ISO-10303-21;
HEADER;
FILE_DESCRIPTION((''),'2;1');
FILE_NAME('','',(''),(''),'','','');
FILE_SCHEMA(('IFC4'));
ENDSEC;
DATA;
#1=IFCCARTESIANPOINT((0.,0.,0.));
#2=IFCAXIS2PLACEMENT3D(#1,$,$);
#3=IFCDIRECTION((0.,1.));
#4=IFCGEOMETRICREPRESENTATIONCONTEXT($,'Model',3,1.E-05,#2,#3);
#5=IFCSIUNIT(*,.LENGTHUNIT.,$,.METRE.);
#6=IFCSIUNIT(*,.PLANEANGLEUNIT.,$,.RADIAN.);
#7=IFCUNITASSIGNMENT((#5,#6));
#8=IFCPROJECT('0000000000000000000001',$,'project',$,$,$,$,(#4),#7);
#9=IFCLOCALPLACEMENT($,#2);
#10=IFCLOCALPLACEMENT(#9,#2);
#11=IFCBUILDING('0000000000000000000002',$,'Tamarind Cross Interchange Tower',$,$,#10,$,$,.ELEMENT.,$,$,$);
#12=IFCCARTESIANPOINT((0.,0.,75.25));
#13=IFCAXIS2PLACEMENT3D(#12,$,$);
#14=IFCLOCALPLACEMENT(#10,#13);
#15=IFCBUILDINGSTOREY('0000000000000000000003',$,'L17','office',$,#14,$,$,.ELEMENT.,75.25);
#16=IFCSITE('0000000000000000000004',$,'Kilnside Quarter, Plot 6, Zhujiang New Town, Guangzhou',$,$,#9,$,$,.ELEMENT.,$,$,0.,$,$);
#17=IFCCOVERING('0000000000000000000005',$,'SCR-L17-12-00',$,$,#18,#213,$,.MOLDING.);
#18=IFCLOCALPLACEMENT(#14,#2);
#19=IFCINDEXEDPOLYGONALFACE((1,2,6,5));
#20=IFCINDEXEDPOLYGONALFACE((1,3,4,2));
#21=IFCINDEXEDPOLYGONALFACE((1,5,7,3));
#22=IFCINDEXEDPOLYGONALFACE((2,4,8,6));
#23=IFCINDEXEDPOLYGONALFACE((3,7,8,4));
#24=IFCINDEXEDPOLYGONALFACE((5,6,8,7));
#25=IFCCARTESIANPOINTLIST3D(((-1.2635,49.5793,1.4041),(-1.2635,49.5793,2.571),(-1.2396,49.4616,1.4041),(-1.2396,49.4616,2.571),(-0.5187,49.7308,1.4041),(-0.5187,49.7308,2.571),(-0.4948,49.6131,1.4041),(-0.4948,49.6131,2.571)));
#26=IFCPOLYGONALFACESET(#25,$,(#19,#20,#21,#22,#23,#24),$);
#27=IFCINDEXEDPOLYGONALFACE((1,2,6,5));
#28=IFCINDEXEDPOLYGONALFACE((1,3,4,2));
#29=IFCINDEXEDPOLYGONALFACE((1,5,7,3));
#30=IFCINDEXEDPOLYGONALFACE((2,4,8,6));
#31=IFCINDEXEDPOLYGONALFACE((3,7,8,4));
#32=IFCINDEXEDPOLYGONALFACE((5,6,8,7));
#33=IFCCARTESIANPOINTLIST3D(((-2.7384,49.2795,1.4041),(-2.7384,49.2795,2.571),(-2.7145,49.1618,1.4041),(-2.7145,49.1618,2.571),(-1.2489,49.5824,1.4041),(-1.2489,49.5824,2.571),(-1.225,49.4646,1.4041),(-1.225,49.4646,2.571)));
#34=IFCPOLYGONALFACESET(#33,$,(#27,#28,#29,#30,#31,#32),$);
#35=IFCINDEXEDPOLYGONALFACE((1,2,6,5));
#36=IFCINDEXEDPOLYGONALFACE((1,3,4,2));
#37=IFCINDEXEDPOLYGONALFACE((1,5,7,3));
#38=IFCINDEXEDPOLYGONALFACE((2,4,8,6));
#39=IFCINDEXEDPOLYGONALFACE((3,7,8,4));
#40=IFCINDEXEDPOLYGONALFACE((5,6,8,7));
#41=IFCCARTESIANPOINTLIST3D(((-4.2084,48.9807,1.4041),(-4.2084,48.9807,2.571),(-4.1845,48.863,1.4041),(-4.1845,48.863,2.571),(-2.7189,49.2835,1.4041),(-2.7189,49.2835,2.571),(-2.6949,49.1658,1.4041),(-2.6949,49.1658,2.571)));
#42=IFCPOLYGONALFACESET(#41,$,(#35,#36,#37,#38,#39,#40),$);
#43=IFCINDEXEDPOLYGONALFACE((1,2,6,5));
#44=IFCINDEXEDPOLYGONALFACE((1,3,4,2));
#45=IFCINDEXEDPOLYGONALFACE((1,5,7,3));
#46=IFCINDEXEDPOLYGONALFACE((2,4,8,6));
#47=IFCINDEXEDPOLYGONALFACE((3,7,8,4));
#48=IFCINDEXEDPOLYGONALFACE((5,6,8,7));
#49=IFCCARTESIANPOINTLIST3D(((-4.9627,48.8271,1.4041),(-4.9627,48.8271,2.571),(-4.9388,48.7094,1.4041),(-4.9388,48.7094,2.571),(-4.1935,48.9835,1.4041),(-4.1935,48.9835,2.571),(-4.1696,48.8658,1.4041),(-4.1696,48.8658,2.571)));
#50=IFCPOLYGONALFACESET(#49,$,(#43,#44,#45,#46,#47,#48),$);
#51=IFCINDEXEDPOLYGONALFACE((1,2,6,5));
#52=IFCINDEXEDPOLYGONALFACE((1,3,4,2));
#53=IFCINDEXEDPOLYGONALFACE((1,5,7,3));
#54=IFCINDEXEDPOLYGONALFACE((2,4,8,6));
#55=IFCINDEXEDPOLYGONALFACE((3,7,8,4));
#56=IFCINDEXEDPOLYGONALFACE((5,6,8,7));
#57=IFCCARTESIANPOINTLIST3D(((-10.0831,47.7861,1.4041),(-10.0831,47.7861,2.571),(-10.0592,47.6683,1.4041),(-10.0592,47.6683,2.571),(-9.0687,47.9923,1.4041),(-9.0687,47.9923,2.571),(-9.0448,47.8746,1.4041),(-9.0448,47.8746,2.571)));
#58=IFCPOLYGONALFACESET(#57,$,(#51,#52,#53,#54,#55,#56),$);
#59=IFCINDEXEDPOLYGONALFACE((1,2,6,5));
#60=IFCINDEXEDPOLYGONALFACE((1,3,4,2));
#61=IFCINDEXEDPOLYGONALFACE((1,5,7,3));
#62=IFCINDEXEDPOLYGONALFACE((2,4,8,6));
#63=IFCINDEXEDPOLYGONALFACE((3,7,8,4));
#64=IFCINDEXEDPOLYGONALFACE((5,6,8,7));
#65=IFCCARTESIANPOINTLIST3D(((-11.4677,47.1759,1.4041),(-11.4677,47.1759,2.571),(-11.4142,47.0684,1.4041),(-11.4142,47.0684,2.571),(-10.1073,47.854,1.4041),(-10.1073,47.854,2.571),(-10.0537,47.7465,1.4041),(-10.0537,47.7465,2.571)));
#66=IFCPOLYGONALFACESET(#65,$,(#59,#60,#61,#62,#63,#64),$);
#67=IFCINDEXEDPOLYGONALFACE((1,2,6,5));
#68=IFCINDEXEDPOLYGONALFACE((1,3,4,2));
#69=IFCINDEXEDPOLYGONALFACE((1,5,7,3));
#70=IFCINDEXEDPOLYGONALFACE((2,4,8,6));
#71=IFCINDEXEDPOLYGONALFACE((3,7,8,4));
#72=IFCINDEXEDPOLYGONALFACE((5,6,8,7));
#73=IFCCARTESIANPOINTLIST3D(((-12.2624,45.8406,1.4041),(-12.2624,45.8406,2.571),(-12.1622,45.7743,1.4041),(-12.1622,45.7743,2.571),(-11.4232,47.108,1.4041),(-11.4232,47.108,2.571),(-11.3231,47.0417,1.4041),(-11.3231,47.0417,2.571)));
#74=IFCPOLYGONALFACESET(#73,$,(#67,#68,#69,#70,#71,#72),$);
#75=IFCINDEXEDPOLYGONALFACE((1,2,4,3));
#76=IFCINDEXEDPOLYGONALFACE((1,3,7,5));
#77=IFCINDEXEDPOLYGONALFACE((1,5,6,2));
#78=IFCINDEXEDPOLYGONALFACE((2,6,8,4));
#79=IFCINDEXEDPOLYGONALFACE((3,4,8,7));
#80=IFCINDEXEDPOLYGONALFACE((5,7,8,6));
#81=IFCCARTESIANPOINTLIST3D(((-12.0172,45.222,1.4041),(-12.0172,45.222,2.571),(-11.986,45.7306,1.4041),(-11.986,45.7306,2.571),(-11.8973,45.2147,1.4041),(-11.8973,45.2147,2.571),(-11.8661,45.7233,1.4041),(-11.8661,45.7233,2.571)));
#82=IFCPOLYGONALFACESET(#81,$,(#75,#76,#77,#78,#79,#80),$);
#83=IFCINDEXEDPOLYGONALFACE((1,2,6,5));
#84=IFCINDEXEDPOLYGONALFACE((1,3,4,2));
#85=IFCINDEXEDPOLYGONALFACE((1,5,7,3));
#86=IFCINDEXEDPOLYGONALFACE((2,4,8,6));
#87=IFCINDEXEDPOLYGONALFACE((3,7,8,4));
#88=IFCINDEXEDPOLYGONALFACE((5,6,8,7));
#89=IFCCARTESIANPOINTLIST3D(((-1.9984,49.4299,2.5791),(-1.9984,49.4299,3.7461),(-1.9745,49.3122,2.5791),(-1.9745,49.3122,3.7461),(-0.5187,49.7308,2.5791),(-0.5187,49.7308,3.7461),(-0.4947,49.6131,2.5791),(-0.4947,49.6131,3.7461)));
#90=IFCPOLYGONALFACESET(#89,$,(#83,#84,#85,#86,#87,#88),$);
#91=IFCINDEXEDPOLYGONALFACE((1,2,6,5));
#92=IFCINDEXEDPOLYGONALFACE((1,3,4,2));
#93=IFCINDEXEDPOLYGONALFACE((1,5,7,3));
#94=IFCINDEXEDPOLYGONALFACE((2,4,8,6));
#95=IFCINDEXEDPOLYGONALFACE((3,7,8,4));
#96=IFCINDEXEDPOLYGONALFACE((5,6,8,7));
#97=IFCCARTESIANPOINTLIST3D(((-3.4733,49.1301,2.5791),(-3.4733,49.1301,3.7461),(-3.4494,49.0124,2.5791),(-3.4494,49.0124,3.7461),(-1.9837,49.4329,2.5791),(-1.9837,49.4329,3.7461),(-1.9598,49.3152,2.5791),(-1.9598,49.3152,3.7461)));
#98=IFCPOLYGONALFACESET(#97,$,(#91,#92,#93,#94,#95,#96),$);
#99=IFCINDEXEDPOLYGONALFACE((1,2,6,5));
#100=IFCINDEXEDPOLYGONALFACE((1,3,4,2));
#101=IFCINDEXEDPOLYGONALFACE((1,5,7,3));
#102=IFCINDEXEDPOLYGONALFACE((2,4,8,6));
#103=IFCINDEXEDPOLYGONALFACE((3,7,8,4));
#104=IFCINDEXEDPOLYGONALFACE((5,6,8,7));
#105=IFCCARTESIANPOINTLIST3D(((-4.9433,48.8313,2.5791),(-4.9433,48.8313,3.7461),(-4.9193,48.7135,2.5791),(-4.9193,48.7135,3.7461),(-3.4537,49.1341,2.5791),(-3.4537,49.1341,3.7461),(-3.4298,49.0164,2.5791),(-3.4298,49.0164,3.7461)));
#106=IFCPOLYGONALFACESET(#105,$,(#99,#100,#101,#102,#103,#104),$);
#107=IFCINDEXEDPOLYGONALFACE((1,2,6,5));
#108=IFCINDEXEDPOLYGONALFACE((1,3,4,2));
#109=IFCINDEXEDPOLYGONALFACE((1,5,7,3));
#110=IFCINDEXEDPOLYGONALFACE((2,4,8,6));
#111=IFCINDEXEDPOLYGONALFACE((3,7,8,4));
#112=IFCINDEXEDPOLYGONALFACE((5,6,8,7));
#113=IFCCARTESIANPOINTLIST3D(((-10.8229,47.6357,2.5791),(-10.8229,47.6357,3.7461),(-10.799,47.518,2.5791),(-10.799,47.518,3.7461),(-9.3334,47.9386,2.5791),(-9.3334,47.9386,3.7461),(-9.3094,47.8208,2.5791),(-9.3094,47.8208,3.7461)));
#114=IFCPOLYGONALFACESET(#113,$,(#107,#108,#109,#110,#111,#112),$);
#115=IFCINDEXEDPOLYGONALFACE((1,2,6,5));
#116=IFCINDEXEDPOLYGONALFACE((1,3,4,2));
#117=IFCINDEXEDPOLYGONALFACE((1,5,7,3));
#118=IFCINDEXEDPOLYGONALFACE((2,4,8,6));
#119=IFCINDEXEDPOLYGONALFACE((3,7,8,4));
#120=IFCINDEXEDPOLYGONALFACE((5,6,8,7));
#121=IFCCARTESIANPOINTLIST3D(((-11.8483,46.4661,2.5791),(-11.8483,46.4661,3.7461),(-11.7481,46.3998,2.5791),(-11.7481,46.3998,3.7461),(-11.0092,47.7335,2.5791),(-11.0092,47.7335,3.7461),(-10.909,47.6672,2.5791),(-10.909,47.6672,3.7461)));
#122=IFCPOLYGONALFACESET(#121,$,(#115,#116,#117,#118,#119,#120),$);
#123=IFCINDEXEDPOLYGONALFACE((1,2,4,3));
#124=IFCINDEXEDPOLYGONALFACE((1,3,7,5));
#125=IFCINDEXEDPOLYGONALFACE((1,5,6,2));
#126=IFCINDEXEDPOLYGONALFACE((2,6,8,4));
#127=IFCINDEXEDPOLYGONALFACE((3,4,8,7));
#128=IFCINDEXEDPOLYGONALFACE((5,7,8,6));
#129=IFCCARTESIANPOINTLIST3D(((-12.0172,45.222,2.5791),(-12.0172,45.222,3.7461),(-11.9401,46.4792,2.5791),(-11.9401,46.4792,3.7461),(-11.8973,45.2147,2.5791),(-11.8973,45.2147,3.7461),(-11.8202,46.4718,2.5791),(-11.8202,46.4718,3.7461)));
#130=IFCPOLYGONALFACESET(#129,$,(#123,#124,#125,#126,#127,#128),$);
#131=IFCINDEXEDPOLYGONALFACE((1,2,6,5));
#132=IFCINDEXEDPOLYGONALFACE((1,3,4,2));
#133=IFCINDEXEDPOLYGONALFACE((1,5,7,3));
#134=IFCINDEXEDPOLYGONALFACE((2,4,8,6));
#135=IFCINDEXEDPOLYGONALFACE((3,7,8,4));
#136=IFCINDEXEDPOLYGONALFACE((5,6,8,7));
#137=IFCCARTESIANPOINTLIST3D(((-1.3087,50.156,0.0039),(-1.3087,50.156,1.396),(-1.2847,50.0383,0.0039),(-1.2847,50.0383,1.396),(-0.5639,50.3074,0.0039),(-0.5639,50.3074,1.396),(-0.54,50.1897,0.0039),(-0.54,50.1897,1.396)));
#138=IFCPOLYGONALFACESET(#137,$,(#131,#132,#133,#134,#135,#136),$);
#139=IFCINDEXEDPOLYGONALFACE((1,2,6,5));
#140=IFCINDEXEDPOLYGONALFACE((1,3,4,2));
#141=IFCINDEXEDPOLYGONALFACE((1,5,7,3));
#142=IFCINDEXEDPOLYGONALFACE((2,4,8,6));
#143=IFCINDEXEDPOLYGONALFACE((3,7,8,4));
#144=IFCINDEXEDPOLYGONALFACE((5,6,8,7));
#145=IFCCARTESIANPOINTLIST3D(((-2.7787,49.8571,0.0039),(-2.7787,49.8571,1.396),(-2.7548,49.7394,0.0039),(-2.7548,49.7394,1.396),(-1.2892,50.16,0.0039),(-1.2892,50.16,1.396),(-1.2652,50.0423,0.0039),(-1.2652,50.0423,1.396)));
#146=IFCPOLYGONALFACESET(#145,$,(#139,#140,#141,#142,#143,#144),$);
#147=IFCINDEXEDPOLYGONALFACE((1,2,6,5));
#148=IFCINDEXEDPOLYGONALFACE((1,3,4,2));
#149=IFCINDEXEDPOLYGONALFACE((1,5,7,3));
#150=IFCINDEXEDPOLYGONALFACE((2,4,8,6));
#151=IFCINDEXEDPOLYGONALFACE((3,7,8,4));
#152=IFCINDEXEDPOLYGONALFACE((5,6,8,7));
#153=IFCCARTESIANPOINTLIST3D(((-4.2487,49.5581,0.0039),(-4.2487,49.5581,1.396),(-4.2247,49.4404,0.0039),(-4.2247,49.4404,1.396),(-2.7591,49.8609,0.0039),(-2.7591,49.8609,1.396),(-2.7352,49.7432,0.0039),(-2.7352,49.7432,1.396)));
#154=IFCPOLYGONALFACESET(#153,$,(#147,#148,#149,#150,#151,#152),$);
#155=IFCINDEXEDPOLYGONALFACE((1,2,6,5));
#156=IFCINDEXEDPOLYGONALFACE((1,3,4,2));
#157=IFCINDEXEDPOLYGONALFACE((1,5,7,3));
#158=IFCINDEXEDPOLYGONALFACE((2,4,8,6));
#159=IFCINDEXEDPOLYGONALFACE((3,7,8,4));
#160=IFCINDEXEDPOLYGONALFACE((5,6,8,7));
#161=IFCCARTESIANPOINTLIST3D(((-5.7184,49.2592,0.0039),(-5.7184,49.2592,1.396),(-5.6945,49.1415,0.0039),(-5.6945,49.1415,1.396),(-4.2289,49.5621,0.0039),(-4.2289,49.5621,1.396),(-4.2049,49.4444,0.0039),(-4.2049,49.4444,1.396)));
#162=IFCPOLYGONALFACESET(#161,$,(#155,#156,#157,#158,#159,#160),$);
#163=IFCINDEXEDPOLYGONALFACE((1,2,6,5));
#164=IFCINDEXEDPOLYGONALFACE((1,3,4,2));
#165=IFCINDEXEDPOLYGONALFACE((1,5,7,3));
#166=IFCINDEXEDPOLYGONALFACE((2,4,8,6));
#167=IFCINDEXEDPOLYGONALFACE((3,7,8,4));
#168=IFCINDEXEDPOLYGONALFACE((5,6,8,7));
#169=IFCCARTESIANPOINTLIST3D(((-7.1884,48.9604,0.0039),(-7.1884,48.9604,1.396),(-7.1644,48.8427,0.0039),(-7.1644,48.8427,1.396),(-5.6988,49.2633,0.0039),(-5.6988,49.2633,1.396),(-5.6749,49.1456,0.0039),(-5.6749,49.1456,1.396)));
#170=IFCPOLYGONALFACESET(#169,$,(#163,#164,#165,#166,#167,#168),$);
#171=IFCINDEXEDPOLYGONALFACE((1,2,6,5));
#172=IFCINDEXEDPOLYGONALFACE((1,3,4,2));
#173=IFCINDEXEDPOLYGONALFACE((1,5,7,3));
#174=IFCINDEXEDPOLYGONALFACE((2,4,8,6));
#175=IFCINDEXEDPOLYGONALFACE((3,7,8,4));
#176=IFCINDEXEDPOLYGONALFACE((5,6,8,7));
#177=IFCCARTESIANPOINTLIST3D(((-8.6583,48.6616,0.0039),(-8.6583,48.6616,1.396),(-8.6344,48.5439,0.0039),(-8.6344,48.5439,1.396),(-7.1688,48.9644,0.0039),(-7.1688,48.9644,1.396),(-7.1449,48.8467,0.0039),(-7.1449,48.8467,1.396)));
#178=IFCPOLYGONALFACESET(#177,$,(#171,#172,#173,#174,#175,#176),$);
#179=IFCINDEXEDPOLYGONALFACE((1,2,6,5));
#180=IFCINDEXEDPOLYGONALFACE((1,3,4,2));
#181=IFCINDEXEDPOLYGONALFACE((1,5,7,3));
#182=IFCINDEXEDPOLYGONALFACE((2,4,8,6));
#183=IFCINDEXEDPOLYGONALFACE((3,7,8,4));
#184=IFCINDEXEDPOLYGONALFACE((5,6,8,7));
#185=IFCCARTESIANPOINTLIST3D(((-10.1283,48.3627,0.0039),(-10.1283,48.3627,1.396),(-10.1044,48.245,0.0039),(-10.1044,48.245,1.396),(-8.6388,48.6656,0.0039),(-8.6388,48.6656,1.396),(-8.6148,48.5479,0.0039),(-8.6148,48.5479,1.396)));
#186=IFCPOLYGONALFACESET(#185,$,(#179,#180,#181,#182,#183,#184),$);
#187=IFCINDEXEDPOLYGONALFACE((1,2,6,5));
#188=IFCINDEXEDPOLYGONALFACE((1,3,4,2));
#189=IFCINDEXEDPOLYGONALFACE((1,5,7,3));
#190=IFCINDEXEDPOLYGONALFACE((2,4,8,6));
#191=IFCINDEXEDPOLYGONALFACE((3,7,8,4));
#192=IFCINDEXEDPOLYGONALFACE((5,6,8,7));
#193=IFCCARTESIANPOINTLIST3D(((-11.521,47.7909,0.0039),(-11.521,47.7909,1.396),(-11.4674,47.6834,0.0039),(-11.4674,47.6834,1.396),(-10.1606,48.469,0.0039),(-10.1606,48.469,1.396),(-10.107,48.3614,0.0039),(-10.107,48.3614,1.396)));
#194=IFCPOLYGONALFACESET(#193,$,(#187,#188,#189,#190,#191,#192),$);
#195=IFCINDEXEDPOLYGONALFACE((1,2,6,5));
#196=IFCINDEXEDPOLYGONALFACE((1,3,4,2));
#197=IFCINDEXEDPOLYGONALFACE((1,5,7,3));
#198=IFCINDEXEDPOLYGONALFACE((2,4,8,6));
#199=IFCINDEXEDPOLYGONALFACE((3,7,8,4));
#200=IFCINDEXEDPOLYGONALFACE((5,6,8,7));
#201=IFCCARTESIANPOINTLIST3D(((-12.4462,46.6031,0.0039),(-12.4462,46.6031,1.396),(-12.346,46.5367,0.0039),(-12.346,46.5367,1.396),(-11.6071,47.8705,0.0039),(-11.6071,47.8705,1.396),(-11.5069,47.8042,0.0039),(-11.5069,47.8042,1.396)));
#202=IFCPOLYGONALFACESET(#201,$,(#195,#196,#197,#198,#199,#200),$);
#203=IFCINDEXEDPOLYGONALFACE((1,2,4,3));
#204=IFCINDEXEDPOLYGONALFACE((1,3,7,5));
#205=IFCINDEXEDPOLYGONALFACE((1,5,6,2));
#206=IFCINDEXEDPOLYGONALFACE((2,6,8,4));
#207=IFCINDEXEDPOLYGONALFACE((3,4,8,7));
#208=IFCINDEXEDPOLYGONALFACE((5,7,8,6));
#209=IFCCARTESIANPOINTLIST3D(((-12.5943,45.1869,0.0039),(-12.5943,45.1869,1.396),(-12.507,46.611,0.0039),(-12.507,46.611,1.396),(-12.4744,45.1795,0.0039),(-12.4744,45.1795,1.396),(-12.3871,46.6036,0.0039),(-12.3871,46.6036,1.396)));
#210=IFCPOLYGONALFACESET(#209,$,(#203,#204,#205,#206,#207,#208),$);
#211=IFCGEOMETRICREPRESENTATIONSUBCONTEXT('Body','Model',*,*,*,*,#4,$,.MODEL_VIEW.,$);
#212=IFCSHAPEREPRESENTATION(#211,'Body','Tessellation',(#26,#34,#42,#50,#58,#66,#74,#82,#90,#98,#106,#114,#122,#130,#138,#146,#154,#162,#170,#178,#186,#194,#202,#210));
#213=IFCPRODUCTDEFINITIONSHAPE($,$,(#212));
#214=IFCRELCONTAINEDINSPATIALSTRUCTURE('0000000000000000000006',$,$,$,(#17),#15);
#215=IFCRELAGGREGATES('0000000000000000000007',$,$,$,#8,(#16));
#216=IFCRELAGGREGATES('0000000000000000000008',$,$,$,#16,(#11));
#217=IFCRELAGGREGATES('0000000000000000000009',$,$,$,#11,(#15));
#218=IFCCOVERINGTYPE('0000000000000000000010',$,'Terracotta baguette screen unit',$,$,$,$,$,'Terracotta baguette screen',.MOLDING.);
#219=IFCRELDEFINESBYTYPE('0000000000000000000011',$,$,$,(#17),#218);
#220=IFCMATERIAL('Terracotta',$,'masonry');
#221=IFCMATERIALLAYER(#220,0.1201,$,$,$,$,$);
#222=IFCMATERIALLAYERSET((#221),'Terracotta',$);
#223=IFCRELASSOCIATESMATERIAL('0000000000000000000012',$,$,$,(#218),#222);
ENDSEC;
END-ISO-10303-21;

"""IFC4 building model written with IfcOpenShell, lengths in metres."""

from ifc_helpers import new_model, si_unit, direction, frame, origin, origin_2d, place, context, subcontext, project, spatial, rectangle, extrude, material, layer, layer_set, type_object, element, save


model = new_model("IFC4")

# Units and contexts
model_context = context("Model", 3, precision=1e-05, world=origin(), true_north=direction((0.0, 1.0)))
body_context = subcontext(model_context, "Body", "Model", "MODEL_VIEW")
ifc_project = project(units=[si_unit("LENGTHUNIT", "METRE"), si_unit("PLANEANGLEUNIT", "RADIAN")], contexts=[model_context])

# Site, building, storey
site_placement = place(None, origin())
site = spatial("IfcSite", under=ifc_project, at=site_placement, Name="Kilnside Quarter, Plot 6, Zhujiang New Town, Guangzhou", CompositionType="ELEMENT", RefElevation=0.0)
building_placement = place(site_placement, origin())
building = spatial("IfcBuilding", under=site, at=building_placement, Name="Tamarind Cross Interchange Tower", CompositionType="ELEMENT")
storey_placement = place(building_placement, frame((0.0, 0.0, 75.25)))
storey = spatial("IfcBuildingStorey", under=building, at=storey_placement, Name="L17", Description="office", CompositionType="ELEMENT", Elevation=75.25)

# Covering
ifc_material_1 = material(Name="Terracotta", Category="masonry")
ifc_layer_1 = layer(ifc_material_1, 0.1201)
ifc_layer_set_1 = layer_set([ifc_layer_1], Name="Terracotta")
covering_type = type_object("IfcCoveringType", Name="Terracotta baguette screen unit", ElementType="Terracotta baguette screen", PredefinedType="MOLDING", material=ifc_layer_set_1)
covering_1_placement = place(storey_placement, origin())
element("IfcCovering", 1, at=covering_1_placement, inside=storey, type_object=covering_type, Name="SCR-L17-12-00", PredefinedType="MOLDING", context=body_context, shape_type="SweptSolid", body=[
    extrude(rectangle(XDim=0.76, YDim=0.1201, at=origin_2d()), frame((-0.8792, 49.5962, 1.4041), z_axis=(0.0, 0.0, 1.0), x_axis=(-0.97995, -0.199245, 0.0)), (0.0, 0.0, 1.0), 1.167),
    extrude(rectangle(XDim=1.52, YDim=0.1201, at=origin_2d()), frame((-1.9817, 49.3721, 1.4041), z_axis=(0.0, 0.0, 1.0), x_axis=(-0.97995, -0.199245, 0.0)), (0.0, 0.0, 1.0), 1.167),
    extrude(rectangle(XDim=1.52, YDim=0.1201, at=origin_2d()), frame((-3.4517, 49.0732, 1.4041), z_axis=(0.0, 0.0, 1.0), x_axis=(-0.97995, -0.199245, 0.0)), (0.0, 0.0, 1.0), 1.167),
    extrude(rectangle(XDim=0.7849, YDim=0.1201, at=origin_2d()), frame((-4.5662, 48.8464, 1.4041), z_axis=(0.0, 0.0, 1.0), x_axis=(-0.97995, -0.199245, 0.0)), (0.0, 0.0, 1.0), 1.167),
    extrude(rectangle(XDim=1.0352, YDim=0.1201, at=origin_2d()), frame((-9.564, 47.8303, 1.4041), z_axis=(0.0, 0.0, 1.0), x_axis=(-0.97995, -0.199245, 0.0)), (0.0, 0.0, 1.0), 1.167),
    extrude(rectangle(XDim=1.52, YDim=0.1201, at=origin_2d()), frame((-10.7607, 47.4612, 1.4041), z_axis=(0.0, 0.0, 1.0), x_axis=(-0.89499, -0.446085, 0.0)), (0.0, 0.0, 1.0), 1.167),
    extrude(rectangle(XDim=1.52, YDim=0.1201, at=origin_2d()), frame((-11.7927, 46.4412, 1.4041), z_axis=(0.0, 0.0, 1.0), x_axis=(-0.552042, -0.833816, 0.0)), (0.0, 0.0, 1.0), 1.167),
    extrude(rectangle(XDim=0.5095, YDim=0.1201, at=origin_2d()), frame((-11.9417, 45.4727, 1.4041), z_axis=(0.0, 0.0, 1.0), x_axis=(-0.061174, -0.998127, 0.0)), (0.0, 0.0, 1.0), 1.167),
    extrude(rectangle(XDim=1.51, YDim=0.1201, at=origin_2d()), frame((-1.2466, 49.5215, 2.5791), z_axis=(0.0, 0.0, 1.0), x_axis=(-0.97995, -0.199245, 0.0)), (0.0, 0.0, 1.0), 1.167),
    extrude(rectangle(XDim=1.52, YDim=0.1201, at=origin_2d()), frame((-2.7166, 49.2227, 2.5791), z_axis=(0.0, 0.0, 1.0), x_axis=(-0.97995, -0.199245, 0.0)), (0.0, 0.0, 1.0), 1.167),
    extrude(rectangle(XDim=1.52, YDim=0.1201, at=origin_2d()), frame((-4.1865, 48.9238, 2.5791), z_axis=(0.0, 0.0, 1.0), x_axis=(-0.97995, -0.199245, 0.0)), (0.0, 0.0, 1.0), 1.167),
    extrude(rectangle(XDim=1.52, YDim=0.1201, at=origin_2d()), frame((-10.0662, 47.7283, 2.5791), z_axis=(0.0, 0.0, 1.0), x_axis=(-0.97995, -0.199245, 0.0)), (0.0, 0.0, 1.0), 1.167),
    extrude(rectangle(XDim=1.52, YDim=0.1201, at=origin_2d()), frame((-11.3787, 47.0667, 2.5791), z_axis=(0.0, 0.0, 1.0), x_axis=(-0.552042, -0.833816, 0.0)), (0.0, 0.0, 1.0), 1.167),
    extrude(rectangle(XDim=1.2595, YDim=0.1201, at=origin_2d()), frame((-11.9187, 45.8469, 2.5791), z_axis=(0.0, 0.0, 1.0), x_axis=(-0.061174, -0.998127, 0.0)), (0.0, 0.0, 1.0), 1.167),
    extrude(rectangle(XDim=0.76, YDim=0.1201, at=origin_2d()), frame((-0.9243, 50.1729, 0.0039), z_axis=(0.0, 0.0, 1.0), x_axis=(-0.97995, -0.199245, 0.0)), (0.0, 0.0, 1.0), 1.3921),
    extrude(rectangle(XDim=1.52, YDim=0.1201, at=origin_2d()), frame((-2.022, 49.9497, 0.0039), z_axis=(0.0, 0.0, 1.0), x_axis=(-0.97995, -0.199245, 0.0)), (0.0, 0.0, 1.0), 1.3921),
    extrude(rectangle(XDim=1.52, YDim=0.1201, at=origin_2d()), frame((-3.4919, 49.6506, 0.0039), z_axis=(0.0, 0.0, 1.0), x_axis=(-0.97995, -0.199245, 0.0)), (0.0, 0.0, 1.0), 1.3921),
    extrude(rectangle(XDim=1.52, YDim=0.1201, at=origin_2d()), frame((-4.9617, 49.3518, 0.0039), z_axis=(0.0, 0.0, 1.0), x_axis=(-0.97995, -0.199245, 0.0)), (0.0, 0.0, 1.0), 1.3921),
    extrude(rectangle(XDim=1.52, YDim=0.1201, at=origin_2d()), frame((-6.4316, 49.053, 0.0039), z_axis=(0.0, 0.0, 1.0), x_axis=(-0.97995, -0.199245, 0.0)), (0.0, 0.0, 1.0), 1.3921),
    extrude(rectangle(XDim=1.52, YDim=0.1201, at=origin_2d()), frame((-7.9016, 48.7542, 0.0039), z_axis=(0.0, 0.0, 1.0), x_axis=(-0.97995, -0.199245, 0.0)), (0.0, 0.0, 1.0), 1.3921),
    extrude(rectangle(XDim=1.52, YDim=0.1201, at=origin_2d()), frame((-9.3716, 48.4553, 0.0039), z_axis=(0.0, 0.0, 1.0), x_axis=(-0.97995, -0.199245, 0.0)), (0.0, 0.0, 1.0), 1.3921),
    extrude(rectangle(XDim=1.52, YDim=0.1201, at=origin_2d()), frame((-10.814, 48.0762, 0.0039), z_axis=(0.0, 0.0, 1.0), x_axis=(-0.89499, -0.446085, 0.0)), (0.0, 0.0, 1.0), 1.3921),
    extrude(rectangle(XDim=1.52, YDim=0.1201, at=origin_2d()), frame((-11.9766, 47.2036, 0.0039), z_axis=(0.0, 0.0, 1.0), x_axis=(-0.552042, -0.833816, 0.0)), (0.0, 0.0, 1.0), 1.3921),
    extrude(rectangle(XDim=1.4268, YDim=0.1201, at=origin_2d()), frame((-12.4907, 45.8953, 0.0039), z_axis=(0.0, 0.0, 1.0), x_axis=(-0.061174, -0.998127, 0.0)), (0.0, 0.0, 1.0), 1.3921),
])

save(model, "model.ifc")
